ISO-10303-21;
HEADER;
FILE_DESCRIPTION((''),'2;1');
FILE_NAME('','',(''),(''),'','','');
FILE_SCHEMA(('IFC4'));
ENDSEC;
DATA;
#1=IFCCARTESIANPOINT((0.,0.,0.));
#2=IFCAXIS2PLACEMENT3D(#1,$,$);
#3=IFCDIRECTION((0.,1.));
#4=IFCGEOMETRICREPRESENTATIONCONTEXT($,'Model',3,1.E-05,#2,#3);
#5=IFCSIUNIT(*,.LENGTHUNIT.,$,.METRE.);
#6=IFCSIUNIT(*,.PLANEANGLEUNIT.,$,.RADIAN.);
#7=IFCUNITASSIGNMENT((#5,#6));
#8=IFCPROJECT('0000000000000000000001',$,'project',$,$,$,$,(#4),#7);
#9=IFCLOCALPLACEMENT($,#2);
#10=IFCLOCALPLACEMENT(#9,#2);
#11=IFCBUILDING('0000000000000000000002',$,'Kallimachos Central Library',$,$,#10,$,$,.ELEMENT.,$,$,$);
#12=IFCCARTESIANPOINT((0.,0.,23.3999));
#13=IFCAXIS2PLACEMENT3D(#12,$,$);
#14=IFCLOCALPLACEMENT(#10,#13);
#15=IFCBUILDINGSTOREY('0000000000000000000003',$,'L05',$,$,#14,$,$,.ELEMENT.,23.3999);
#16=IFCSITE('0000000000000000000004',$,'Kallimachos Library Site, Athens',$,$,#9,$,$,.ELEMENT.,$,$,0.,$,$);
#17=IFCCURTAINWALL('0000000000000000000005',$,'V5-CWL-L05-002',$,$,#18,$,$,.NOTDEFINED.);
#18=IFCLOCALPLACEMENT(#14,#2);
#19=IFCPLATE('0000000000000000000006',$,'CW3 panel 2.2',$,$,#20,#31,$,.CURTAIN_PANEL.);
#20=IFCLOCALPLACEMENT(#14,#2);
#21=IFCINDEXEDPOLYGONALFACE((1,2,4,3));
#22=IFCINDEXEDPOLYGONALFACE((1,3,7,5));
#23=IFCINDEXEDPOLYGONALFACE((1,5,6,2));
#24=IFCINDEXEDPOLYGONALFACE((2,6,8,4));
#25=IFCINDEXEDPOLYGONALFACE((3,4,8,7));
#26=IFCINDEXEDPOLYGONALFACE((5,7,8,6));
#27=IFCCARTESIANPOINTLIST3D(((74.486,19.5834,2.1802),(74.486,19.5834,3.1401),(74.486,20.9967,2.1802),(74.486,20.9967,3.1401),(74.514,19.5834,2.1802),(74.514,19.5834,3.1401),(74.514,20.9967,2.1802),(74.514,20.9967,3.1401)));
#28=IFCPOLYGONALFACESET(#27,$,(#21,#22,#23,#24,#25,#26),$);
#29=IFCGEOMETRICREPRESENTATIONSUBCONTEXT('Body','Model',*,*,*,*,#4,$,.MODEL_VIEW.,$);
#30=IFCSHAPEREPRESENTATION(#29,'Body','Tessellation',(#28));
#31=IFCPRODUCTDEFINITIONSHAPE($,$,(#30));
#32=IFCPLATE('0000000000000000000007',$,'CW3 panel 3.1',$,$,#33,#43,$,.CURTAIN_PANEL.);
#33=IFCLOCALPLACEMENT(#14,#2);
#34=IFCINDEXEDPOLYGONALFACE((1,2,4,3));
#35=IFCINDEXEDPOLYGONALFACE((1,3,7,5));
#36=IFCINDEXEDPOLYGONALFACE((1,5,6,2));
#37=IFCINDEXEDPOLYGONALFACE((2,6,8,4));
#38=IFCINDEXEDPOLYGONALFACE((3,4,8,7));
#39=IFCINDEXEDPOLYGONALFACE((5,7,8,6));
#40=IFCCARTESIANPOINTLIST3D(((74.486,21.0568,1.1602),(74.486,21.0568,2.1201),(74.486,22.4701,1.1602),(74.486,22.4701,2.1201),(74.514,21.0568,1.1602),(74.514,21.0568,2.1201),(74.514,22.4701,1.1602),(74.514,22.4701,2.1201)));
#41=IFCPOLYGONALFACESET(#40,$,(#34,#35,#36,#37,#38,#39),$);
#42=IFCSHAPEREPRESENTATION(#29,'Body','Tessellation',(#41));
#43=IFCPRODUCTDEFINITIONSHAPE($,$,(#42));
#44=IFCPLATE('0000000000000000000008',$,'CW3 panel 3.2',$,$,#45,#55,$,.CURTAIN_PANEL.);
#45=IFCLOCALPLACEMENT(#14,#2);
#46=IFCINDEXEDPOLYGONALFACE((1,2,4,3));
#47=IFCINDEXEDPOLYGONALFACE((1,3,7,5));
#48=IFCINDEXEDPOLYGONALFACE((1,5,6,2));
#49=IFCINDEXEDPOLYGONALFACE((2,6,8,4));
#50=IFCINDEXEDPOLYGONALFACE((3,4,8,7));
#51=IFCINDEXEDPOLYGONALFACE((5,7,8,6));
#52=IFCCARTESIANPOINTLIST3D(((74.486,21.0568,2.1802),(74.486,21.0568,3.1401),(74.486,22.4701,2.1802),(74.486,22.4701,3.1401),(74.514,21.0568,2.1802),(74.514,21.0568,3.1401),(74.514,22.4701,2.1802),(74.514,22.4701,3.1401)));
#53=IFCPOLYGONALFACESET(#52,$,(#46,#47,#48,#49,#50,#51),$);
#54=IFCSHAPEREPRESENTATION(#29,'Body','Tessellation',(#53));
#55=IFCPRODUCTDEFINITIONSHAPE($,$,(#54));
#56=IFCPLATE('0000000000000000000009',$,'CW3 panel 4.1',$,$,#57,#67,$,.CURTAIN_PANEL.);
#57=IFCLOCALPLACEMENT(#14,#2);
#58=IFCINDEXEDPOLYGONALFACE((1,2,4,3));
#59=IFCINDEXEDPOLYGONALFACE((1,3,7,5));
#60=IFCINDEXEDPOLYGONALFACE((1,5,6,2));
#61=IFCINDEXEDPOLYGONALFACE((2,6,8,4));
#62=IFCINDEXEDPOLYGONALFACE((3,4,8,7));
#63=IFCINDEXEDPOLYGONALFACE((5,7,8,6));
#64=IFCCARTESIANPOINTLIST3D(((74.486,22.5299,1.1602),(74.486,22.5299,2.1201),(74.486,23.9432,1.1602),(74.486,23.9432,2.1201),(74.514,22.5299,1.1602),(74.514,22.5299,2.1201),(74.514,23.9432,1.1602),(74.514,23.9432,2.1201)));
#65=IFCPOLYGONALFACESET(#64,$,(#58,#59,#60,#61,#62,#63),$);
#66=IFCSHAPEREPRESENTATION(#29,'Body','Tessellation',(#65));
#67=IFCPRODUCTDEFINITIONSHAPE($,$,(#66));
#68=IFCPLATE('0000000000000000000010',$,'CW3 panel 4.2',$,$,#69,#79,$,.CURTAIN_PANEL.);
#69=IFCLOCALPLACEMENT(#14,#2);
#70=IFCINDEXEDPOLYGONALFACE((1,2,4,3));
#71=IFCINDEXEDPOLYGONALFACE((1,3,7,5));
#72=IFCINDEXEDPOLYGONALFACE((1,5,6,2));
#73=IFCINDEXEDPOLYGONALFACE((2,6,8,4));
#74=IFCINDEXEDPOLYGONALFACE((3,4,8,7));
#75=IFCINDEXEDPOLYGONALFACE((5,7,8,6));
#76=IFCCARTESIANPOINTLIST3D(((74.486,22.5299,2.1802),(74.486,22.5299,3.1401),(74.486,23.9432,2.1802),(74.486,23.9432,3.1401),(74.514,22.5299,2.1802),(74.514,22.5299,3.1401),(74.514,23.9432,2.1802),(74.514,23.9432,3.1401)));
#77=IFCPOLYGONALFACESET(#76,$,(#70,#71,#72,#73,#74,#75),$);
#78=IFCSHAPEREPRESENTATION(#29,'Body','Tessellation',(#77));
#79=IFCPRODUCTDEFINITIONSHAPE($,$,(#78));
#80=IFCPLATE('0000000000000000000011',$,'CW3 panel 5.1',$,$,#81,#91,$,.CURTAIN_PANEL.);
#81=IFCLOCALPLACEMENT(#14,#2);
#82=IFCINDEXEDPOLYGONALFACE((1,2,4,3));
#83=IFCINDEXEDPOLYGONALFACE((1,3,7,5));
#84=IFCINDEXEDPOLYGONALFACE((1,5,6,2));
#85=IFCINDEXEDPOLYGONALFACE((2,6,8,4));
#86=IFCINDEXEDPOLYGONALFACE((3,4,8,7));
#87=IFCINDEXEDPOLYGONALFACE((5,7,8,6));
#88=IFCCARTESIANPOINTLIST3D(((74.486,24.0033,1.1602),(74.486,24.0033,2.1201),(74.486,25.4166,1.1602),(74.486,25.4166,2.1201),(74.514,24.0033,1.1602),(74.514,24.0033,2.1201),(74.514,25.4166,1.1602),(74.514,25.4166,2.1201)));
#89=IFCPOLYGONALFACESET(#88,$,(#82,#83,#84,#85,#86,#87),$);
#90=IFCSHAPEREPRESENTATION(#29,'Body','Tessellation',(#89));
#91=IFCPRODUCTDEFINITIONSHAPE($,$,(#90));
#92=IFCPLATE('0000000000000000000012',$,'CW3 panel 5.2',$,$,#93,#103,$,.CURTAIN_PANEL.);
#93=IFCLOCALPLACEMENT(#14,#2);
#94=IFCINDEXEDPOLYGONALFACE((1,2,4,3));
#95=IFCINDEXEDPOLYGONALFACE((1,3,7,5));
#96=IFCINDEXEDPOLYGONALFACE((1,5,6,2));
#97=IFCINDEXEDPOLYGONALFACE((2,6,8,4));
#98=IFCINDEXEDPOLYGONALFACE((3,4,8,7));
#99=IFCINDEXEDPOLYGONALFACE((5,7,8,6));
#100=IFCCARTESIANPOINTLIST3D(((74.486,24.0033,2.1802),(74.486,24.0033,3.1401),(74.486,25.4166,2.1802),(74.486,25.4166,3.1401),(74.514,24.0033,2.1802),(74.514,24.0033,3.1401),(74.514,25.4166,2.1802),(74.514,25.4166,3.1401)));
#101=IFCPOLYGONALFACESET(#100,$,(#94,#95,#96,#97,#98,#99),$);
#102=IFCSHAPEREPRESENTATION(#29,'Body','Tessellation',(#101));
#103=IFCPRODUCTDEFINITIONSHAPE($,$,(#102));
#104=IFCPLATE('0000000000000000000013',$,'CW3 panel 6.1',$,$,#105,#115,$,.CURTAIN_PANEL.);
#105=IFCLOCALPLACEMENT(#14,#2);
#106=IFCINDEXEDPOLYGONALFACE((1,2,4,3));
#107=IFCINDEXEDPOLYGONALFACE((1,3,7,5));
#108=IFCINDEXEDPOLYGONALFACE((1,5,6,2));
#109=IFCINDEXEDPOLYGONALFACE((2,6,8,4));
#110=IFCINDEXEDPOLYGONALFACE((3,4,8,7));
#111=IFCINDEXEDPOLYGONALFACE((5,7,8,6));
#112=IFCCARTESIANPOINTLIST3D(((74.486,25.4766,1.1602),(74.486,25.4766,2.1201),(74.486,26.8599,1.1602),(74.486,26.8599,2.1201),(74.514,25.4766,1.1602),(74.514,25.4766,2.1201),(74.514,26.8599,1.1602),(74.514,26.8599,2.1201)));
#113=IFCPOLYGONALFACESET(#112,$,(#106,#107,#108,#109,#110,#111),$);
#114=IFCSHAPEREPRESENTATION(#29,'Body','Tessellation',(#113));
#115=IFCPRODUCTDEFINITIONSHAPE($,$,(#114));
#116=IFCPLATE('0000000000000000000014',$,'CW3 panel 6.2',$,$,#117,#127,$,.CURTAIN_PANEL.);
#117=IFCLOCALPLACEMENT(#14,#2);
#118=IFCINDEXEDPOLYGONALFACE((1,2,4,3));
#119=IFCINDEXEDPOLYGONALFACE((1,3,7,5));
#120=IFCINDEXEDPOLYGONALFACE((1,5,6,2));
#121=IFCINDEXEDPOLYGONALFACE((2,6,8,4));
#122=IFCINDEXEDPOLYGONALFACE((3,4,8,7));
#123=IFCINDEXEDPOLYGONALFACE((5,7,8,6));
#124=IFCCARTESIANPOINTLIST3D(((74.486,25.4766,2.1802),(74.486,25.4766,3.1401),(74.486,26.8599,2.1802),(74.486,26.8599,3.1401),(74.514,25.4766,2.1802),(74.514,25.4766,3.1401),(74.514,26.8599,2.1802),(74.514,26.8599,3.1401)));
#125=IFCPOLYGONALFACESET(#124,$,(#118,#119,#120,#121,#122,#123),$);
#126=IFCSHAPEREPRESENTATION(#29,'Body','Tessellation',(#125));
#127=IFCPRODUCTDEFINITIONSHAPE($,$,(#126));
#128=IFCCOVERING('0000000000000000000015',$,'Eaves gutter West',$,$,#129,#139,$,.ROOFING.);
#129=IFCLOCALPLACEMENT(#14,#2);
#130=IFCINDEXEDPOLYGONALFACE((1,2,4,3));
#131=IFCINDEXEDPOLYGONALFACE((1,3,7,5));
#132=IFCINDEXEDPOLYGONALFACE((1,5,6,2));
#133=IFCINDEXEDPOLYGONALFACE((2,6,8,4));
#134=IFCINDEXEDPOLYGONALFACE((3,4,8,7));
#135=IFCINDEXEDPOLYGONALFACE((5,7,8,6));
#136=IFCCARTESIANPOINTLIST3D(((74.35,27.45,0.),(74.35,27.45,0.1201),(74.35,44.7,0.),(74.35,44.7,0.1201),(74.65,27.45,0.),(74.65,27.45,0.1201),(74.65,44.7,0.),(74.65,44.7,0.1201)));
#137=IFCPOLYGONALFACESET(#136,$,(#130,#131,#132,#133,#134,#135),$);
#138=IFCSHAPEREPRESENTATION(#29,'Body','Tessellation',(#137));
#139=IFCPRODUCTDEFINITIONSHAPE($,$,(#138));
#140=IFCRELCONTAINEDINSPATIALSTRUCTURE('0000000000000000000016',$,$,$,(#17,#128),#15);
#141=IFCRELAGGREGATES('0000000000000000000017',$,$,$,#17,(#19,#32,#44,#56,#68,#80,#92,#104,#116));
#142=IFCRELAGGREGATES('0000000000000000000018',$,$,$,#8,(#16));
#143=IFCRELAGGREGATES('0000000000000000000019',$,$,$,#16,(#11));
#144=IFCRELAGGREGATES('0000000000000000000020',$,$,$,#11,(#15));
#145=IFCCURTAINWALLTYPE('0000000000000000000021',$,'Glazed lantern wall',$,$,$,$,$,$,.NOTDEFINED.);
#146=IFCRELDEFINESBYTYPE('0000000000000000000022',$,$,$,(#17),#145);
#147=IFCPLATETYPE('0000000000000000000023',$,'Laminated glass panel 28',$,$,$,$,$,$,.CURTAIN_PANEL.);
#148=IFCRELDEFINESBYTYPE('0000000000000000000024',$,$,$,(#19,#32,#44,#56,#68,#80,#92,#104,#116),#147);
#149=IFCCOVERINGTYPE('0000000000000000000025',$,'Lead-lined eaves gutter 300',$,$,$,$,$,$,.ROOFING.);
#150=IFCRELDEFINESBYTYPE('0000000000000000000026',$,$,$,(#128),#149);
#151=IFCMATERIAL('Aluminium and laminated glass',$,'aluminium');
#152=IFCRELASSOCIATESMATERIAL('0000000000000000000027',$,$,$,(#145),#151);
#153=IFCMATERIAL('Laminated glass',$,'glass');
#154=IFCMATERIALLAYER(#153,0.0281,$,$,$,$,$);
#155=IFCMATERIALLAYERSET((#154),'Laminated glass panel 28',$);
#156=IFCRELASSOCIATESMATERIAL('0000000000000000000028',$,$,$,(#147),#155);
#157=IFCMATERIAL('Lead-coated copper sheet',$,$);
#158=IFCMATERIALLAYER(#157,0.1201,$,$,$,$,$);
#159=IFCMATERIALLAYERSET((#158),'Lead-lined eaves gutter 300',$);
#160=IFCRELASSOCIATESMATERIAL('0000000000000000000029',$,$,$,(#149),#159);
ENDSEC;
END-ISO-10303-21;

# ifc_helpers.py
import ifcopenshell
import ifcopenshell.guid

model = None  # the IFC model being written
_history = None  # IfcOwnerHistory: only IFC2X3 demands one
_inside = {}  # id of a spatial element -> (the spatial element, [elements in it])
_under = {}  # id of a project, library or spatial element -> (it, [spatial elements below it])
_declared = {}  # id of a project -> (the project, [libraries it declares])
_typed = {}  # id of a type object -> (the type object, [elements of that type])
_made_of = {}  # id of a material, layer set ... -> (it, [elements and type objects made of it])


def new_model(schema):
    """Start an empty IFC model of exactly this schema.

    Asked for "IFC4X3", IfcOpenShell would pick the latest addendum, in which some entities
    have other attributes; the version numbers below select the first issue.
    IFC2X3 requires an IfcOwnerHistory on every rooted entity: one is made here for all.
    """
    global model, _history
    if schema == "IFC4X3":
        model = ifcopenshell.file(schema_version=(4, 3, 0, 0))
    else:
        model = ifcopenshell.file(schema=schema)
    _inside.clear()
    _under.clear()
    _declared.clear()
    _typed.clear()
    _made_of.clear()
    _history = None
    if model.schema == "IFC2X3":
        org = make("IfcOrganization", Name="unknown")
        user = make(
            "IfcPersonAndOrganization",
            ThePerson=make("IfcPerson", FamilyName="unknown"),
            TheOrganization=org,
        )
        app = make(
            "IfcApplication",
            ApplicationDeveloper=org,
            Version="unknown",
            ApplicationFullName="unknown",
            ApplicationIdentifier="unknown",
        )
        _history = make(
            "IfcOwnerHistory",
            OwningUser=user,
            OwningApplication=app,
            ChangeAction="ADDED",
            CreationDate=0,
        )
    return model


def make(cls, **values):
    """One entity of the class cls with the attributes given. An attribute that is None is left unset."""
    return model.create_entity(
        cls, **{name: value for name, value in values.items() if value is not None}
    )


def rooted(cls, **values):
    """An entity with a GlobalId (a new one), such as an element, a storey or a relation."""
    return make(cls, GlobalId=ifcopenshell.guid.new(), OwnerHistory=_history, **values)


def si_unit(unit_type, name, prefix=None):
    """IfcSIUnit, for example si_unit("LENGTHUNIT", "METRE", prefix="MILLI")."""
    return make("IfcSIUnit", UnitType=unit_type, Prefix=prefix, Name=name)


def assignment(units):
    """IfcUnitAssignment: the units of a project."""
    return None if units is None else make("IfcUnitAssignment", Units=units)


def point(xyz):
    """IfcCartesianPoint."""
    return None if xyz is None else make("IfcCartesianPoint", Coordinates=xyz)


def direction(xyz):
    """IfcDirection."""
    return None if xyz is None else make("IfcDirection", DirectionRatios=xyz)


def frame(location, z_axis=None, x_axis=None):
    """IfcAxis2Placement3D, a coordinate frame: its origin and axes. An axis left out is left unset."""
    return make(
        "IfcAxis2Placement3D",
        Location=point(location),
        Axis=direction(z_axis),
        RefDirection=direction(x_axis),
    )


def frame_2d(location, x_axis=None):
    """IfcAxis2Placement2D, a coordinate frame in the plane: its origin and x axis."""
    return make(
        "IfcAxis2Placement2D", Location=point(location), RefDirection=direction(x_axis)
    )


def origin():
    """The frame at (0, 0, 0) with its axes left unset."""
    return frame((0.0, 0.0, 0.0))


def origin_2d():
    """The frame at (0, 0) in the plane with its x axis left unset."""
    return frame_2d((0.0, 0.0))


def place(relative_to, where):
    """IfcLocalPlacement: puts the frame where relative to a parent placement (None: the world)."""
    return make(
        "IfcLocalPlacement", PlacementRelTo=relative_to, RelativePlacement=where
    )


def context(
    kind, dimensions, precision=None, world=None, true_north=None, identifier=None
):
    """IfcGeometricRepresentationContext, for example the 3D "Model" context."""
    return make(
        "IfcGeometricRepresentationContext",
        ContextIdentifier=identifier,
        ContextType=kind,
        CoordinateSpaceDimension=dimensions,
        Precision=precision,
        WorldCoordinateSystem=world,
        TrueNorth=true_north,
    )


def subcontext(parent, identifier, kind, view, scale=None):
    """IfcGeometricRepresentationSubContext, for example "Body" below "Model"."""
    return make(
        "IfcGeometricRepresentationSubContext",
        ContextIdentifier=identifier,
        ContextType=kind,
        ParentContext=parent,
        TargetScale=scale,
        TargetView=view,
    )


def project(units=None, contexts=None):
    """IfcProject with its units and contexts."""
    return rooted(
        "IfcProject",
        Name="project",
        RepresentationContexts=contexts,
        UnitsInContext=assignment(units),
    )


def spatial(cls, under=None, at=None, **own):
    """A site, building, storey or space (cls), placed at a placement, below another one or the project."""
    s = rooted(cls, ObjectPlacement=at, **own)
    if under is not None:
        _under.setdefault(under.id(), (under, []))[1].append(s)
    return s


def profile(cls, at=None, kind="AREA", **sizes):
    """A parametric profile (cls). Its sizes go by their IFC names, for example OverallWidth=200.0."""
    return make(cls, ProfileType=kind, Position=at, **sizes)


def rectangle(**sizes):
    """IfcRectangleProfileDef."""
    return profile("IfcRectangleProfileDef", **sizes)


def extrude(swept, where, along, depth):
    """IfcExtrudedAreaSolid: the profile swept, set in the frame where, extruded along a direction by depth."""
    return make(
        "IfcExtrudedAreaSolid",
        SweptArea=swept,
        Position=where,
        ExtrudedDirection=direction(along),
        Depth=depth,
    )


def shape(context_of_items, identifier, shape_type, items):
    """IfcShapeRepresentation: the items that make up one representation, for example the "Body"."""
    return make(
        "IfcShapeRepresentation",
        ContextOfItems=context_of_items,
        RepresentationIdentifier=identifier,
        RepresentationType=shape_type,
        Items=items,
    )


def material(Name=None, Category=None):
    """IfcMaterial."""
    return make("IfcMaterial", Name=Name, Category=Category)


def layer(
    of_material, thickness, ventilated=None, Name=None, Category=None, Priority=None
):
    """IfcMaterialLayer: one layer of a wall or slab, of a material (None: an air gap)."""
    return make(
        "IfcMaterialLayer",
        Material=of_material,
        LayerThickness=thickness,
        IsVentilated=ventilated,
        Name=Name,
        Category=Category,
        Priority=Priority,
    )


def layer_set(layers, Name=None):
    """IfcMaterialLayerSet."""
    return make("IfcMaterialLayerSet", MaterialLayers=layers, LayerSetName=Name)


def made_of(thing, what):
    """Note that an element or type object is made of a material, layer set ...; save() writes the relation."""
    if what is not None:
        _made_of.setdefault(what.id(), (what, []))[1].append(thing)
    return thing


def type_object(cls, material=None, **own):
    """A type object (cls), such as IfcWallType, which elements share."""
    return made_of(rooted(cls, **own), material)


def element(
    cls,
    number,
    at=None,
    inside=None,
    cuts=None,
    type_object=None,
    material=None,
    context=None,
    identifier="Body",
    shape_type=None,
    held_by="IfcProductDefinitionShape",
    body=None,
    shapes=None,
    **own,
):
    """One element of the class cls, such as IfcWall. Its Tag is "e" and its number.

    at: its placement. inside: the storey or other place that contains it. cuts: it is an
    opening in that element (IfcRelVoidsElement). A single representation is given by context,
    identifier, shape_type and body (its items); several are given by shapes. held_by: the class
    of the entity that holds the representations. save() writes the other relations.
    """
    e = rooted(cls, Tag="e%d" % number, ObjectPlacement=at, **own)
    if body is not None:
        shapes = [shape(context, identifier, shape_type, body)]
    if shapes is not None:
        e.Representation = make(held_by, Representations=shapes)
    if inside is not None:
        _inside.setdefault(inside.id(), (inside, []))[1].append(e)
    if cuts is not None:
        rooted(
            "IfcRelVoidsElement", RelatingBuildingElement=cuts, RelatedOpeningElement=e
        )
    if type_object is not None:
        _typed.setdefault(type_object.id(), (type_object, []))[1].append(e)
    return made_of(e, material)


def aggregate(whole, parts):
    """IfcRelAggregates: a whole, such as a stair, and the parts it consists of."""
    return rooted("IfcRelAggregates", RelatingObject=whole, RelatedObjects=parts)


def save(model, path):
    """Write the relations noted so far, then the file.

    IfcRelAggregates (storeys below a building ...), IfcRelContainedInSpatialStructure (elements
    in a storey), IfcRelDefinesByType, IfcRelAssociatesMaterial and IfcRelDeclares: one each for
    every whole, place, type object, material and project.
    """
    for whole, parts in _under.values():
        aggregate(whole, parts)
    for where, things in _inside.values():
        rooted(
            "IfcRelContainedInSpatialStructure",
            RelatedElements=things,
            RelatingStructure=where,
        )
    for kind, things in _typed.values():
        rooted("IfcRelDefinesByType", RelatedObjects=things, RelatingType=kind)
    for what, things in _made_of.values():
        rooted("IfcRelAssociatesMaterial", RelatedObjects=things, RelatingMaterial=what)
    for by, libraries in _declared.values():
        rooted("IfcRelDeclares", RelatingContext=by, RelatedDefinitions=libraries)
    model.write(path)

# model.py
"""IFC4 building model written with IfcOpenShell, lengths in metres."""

from ifc_helpers import new_model, si_unit, direction, frame, origin, origin_2d, place, context, subcontext, project, spatial, rectangle, extrude, material, layer, layer_set, type_object, element, aggregate, save


model = new_model("IFC4")

# Units and contexts
model_context = context("Model", 3, precision=1e-05, world=origin(), true_north=direction((0.0, 1.0)))
body_context = subcontext(model_context, "Body", "Model", "MODEL_VIEW")
ifc_project = project(units=[si_unit("LENGTHUNIT", "METRE"), si_unit("PLANEANGLEUNIT", "RADIAN")], contexts=[model_context])

# Site, building, storey
site_placement = place(None, origin())
site = spatial("IfcSite", under=ifc_project, at=site_placement, Name="Kallimachos Library Site, Athens", CompositionType="ELEMENT", RefElevation=0.0)
building_placement = place(site_placement, origin())
building = spatial("IfcBuilding", under=site, at=building_placement, Name="Kallimachos Central Library", CompositionType="ELEMENT")
storey_placement = place(building_placement, frame((0.0, 0.0, 23.3999)))
storey = spatial("IfcBuildingStorey", under=building, at=storey_placement, Name="L05", CompositionType="ELEMENT", Elevation=23.3999)

# Shared definitions
ifc_material_1 = material(Name="Aluminium and laminated glass", Category="aluminium")
curtain_wall_type = type_object("IfcCurtainWallType", Name="Glazed lantern wall", PredefinedType="NOTDEFINED", material=ifc_material_1)

# Curtain wall
curtain_wall_1_placement = place(storey_placement, origin())
curtain_wall_1 = element("IfcCurtainWall", 1, at=curtain_wall_1_placement, inside=storey, type_object=curtain_wall_type, Name="V5-CWL-L05-002", PredefinedType="NOTDEFINED")

# Plates
ifc_material_2 = material(Name="Laminated glass", Category="glass")
ifc_layer_1 = layer(ifc_material_2, 0.0281)
ifc_layer_set_1 = layer_set([ifc_layer_1], Name="Laminated glass panel 28")
plate_type = type_object("IfcPlateType", Name="Laminated glass panel 28", PredefinedType="CURTAIN_PANEL", material=ifc_layer_set_1)
plate_1_placement = place(storey_placement, frame((74.5, 20.29, 2.1802), z_axis=(0.0, 0.0, 1.0), x_axis=(0.0, 1.0, 0.0)))
plate_1 = element("IfcPlate", 2, at=plate_1_placement, type_object=plate_type, Name="CW3 panel 2.2", PredefinedType="CURTAIN_PANEL", context=body_context, shape_type="SweptSolid", body=[
    extrude(rectangle(XDim=1.4133, YDim=0.0281, at=origin_2d()), origin(), (0.0, 0.0, 1.0), 0.96),
])
plate_2_placement = place(storey_placement, frame((74.5, 21.7634, 1.1602), z_axis=(0.0, 0.0, 1.0), x_axis=(0.0, 1.0, 0.0)))
plate_2 = element("IfcPlate", 3, at=plate_2_placement, type_object=plate_type, Name="CW3 panel 3.1", PredefinedType="CURTAIN_PANEL", context=body_context, shape_type="SweptSolid", body=[
    extrude(rectangle(XDim=1.4133, YDim=0.0281, at=origin_2d()), origin(), (0.0, 0.0, 1.0), 0.96),
])
plate_3_placement = place(storey_placement, frame((74.5, 21.7634, 2.1802), z_axis=(0.0, 0.0, 1.0), x_axis=(0.0, 1.0, 0.0)))
plate_3 = element("IfcPlate", 4, at=plate_3_placement, type_object=plate_type, Name="CW3 panel 3.2", PredefinedType="CURTAIN_PANEL", context=body_context, shape_type="SweptSolid", body=[
    extrude(rectangle(XDim=1.4133, YDim=0.0281, at=origin_2d()), origin(), (0.0, 0.0, 1.0), 0.96),
])
plate_4_placement = place(storey_placement, frame((74.5, 23.2366, 1.1602), z_axis=(0.0, 0.0, 1.0), x_axis=(0.0, 1.0, 0.0)))
plate_4 = element("IfcPlate", 5, at=plate_4_placement, type_object=plate_type, Name="CW3 panel 4.1", PredefinedType="CURTAIN_PANEL", context=body_context, shape_type="SweptSolid", body=[
    extrude(rectangle(XDim=1.4133, YDim=0.0281, at=origin_2d()), origin(), (0.0, 0.0, 1.0), 0.96),
])
plate_5_placement = place(storey_placement, frame((74.5, 23.2366, 2.1802), z_axis=(0.0, 0.0, 1.0), x_axis=(0.0, 1.0, 0.0)))
plate_5 = element("IfcPlate", 6, at=plate_5_placement, type_object=plate_type, Name="CW3 panel 4.2", PredefinedType="CURTAIN_PANEL", context=body_context, shape_type="SweptSolid", body=[
    extrude(rectangle(XDim=1.4133, YDim=0.0281, at=origin_2d()), origin(), (0.0, 0.0, 1.0), 0.96),
])
plate_6_placement = place(storey_placement, frame((74.5, 24.71, 1.1602), z_axis=(0.0, 0.0, 1.0), x_axis=(0.0, 1.0, 0.0)))
plate_6 = element("IfcPlate", 7, at=plate_6_placement, type_object=plate_type, Name="CW3 panel 5.1", PredefinedType="CURTAIN_PANEL", context=body_context, shape_type="SweptSolid", body=[
    extrude(rectangle(XDim=1.4133, YDim=0.0281, at=origin_2d()), origin(), (0.0, 0.0, 1.0), 0.96),
])
plate_7_placement = place(storey_placement, frame((74.5, 24.71, 2.1802), z_axis=(0.0, 0.0, 1.0), x_axis=(0.0, 1.0, 0.0)))
plate_7 = element("IfcPlate", 8, at=plate_7_placement, type_object=plate_type, Name="CW3 panel 5.2", PredefinedType="CURTAIN_PANEL", context=body_context, shape_type="SweptSolid", body=[
    extrude(rectangle(XDim=1.4133, YDim=0.0281, at=origin_2d()), origin(), (0.0, 0.0, 1.0), 0.96),
])
plate_8_placement = place(storey_placement, frame((74.5, 26.1682, 1.1602), z_axis=(0.0, 0.0, 1.0), x_axis=(0.0, 1.0, 0.0)))
plate_8 = element("IfcPlate", 9, at=plate_8_placement, type_object=plate_type, Name="CW3 panel 6.1", PredefinedType="CURTAIN_PANEL", context=body_context, shape_type="SweptSolid", body=[
    extrude(rectangle(XDim=1.3833, YDim=0.0281, at=origin_2d()), origin(), (0.0, 0.0, 1.0), 0.96),
])
plate_9_placement = place(storey_placement, frame((74.5, 26.1682, 2.1802), z_axis=(0.0, 0.0, 1.0), x_axis=(0.0, 1.0, 0.0)))
plate_9 = element("IfcPlate", 10, at=plate_9_placement, type_object=plate_type, Name="CW3 panel 6.2", PredefinedType="CURTAIN_PANEL", context=body_context, shape_type="SweptSolid", body=[
    extrude(rectangle(XDim=1.3833, YDim=0.0281, at=origin_2d()), origin(), (0.0, 0.0, 1.0), 0.96),
])
aggregate(curtain_wall_1, [plate_1, plate_2, plate_3, plate_4, plate_5, plate_6, plate_7, plate_8, plate_9])

# Covering
ifc_material_3 = material(Name="Lead-coated copper sheet")
ifc_layer_2 = layer(ifc_material_3, 0.1201)
ifc_layer_set_2 = layer_set([ifc_layer_2], Name="Lead-lined eaves gutter 300")
covering_type = type_object("IfcCoveringType", Name="Lead-lined eaves gutter 300", PredefinedType="ROOFING", material=ifc_layer_set_2)
covering_placement = place(storey_placement, frame((74.5, 36.075, 0.0), z_axis=(0.0, 0.0, 1.0), x_axis=(1.0, 0.0, 0.0)))
element("IfcCovering", 11, at=covering_placement, inside=storey, type_object=covering_type, Name="Eaves gutter West", PredefinedType="ROOFING", context=body_context, shape_type="SweptSolid", body=[
    extrude(rectangle(XDim=0.3, YDim=17.25, at=origin_2d()), origin(), (0.0, 0.0, 1.0), 0.1201),
])

save(model, "model.ifc")
